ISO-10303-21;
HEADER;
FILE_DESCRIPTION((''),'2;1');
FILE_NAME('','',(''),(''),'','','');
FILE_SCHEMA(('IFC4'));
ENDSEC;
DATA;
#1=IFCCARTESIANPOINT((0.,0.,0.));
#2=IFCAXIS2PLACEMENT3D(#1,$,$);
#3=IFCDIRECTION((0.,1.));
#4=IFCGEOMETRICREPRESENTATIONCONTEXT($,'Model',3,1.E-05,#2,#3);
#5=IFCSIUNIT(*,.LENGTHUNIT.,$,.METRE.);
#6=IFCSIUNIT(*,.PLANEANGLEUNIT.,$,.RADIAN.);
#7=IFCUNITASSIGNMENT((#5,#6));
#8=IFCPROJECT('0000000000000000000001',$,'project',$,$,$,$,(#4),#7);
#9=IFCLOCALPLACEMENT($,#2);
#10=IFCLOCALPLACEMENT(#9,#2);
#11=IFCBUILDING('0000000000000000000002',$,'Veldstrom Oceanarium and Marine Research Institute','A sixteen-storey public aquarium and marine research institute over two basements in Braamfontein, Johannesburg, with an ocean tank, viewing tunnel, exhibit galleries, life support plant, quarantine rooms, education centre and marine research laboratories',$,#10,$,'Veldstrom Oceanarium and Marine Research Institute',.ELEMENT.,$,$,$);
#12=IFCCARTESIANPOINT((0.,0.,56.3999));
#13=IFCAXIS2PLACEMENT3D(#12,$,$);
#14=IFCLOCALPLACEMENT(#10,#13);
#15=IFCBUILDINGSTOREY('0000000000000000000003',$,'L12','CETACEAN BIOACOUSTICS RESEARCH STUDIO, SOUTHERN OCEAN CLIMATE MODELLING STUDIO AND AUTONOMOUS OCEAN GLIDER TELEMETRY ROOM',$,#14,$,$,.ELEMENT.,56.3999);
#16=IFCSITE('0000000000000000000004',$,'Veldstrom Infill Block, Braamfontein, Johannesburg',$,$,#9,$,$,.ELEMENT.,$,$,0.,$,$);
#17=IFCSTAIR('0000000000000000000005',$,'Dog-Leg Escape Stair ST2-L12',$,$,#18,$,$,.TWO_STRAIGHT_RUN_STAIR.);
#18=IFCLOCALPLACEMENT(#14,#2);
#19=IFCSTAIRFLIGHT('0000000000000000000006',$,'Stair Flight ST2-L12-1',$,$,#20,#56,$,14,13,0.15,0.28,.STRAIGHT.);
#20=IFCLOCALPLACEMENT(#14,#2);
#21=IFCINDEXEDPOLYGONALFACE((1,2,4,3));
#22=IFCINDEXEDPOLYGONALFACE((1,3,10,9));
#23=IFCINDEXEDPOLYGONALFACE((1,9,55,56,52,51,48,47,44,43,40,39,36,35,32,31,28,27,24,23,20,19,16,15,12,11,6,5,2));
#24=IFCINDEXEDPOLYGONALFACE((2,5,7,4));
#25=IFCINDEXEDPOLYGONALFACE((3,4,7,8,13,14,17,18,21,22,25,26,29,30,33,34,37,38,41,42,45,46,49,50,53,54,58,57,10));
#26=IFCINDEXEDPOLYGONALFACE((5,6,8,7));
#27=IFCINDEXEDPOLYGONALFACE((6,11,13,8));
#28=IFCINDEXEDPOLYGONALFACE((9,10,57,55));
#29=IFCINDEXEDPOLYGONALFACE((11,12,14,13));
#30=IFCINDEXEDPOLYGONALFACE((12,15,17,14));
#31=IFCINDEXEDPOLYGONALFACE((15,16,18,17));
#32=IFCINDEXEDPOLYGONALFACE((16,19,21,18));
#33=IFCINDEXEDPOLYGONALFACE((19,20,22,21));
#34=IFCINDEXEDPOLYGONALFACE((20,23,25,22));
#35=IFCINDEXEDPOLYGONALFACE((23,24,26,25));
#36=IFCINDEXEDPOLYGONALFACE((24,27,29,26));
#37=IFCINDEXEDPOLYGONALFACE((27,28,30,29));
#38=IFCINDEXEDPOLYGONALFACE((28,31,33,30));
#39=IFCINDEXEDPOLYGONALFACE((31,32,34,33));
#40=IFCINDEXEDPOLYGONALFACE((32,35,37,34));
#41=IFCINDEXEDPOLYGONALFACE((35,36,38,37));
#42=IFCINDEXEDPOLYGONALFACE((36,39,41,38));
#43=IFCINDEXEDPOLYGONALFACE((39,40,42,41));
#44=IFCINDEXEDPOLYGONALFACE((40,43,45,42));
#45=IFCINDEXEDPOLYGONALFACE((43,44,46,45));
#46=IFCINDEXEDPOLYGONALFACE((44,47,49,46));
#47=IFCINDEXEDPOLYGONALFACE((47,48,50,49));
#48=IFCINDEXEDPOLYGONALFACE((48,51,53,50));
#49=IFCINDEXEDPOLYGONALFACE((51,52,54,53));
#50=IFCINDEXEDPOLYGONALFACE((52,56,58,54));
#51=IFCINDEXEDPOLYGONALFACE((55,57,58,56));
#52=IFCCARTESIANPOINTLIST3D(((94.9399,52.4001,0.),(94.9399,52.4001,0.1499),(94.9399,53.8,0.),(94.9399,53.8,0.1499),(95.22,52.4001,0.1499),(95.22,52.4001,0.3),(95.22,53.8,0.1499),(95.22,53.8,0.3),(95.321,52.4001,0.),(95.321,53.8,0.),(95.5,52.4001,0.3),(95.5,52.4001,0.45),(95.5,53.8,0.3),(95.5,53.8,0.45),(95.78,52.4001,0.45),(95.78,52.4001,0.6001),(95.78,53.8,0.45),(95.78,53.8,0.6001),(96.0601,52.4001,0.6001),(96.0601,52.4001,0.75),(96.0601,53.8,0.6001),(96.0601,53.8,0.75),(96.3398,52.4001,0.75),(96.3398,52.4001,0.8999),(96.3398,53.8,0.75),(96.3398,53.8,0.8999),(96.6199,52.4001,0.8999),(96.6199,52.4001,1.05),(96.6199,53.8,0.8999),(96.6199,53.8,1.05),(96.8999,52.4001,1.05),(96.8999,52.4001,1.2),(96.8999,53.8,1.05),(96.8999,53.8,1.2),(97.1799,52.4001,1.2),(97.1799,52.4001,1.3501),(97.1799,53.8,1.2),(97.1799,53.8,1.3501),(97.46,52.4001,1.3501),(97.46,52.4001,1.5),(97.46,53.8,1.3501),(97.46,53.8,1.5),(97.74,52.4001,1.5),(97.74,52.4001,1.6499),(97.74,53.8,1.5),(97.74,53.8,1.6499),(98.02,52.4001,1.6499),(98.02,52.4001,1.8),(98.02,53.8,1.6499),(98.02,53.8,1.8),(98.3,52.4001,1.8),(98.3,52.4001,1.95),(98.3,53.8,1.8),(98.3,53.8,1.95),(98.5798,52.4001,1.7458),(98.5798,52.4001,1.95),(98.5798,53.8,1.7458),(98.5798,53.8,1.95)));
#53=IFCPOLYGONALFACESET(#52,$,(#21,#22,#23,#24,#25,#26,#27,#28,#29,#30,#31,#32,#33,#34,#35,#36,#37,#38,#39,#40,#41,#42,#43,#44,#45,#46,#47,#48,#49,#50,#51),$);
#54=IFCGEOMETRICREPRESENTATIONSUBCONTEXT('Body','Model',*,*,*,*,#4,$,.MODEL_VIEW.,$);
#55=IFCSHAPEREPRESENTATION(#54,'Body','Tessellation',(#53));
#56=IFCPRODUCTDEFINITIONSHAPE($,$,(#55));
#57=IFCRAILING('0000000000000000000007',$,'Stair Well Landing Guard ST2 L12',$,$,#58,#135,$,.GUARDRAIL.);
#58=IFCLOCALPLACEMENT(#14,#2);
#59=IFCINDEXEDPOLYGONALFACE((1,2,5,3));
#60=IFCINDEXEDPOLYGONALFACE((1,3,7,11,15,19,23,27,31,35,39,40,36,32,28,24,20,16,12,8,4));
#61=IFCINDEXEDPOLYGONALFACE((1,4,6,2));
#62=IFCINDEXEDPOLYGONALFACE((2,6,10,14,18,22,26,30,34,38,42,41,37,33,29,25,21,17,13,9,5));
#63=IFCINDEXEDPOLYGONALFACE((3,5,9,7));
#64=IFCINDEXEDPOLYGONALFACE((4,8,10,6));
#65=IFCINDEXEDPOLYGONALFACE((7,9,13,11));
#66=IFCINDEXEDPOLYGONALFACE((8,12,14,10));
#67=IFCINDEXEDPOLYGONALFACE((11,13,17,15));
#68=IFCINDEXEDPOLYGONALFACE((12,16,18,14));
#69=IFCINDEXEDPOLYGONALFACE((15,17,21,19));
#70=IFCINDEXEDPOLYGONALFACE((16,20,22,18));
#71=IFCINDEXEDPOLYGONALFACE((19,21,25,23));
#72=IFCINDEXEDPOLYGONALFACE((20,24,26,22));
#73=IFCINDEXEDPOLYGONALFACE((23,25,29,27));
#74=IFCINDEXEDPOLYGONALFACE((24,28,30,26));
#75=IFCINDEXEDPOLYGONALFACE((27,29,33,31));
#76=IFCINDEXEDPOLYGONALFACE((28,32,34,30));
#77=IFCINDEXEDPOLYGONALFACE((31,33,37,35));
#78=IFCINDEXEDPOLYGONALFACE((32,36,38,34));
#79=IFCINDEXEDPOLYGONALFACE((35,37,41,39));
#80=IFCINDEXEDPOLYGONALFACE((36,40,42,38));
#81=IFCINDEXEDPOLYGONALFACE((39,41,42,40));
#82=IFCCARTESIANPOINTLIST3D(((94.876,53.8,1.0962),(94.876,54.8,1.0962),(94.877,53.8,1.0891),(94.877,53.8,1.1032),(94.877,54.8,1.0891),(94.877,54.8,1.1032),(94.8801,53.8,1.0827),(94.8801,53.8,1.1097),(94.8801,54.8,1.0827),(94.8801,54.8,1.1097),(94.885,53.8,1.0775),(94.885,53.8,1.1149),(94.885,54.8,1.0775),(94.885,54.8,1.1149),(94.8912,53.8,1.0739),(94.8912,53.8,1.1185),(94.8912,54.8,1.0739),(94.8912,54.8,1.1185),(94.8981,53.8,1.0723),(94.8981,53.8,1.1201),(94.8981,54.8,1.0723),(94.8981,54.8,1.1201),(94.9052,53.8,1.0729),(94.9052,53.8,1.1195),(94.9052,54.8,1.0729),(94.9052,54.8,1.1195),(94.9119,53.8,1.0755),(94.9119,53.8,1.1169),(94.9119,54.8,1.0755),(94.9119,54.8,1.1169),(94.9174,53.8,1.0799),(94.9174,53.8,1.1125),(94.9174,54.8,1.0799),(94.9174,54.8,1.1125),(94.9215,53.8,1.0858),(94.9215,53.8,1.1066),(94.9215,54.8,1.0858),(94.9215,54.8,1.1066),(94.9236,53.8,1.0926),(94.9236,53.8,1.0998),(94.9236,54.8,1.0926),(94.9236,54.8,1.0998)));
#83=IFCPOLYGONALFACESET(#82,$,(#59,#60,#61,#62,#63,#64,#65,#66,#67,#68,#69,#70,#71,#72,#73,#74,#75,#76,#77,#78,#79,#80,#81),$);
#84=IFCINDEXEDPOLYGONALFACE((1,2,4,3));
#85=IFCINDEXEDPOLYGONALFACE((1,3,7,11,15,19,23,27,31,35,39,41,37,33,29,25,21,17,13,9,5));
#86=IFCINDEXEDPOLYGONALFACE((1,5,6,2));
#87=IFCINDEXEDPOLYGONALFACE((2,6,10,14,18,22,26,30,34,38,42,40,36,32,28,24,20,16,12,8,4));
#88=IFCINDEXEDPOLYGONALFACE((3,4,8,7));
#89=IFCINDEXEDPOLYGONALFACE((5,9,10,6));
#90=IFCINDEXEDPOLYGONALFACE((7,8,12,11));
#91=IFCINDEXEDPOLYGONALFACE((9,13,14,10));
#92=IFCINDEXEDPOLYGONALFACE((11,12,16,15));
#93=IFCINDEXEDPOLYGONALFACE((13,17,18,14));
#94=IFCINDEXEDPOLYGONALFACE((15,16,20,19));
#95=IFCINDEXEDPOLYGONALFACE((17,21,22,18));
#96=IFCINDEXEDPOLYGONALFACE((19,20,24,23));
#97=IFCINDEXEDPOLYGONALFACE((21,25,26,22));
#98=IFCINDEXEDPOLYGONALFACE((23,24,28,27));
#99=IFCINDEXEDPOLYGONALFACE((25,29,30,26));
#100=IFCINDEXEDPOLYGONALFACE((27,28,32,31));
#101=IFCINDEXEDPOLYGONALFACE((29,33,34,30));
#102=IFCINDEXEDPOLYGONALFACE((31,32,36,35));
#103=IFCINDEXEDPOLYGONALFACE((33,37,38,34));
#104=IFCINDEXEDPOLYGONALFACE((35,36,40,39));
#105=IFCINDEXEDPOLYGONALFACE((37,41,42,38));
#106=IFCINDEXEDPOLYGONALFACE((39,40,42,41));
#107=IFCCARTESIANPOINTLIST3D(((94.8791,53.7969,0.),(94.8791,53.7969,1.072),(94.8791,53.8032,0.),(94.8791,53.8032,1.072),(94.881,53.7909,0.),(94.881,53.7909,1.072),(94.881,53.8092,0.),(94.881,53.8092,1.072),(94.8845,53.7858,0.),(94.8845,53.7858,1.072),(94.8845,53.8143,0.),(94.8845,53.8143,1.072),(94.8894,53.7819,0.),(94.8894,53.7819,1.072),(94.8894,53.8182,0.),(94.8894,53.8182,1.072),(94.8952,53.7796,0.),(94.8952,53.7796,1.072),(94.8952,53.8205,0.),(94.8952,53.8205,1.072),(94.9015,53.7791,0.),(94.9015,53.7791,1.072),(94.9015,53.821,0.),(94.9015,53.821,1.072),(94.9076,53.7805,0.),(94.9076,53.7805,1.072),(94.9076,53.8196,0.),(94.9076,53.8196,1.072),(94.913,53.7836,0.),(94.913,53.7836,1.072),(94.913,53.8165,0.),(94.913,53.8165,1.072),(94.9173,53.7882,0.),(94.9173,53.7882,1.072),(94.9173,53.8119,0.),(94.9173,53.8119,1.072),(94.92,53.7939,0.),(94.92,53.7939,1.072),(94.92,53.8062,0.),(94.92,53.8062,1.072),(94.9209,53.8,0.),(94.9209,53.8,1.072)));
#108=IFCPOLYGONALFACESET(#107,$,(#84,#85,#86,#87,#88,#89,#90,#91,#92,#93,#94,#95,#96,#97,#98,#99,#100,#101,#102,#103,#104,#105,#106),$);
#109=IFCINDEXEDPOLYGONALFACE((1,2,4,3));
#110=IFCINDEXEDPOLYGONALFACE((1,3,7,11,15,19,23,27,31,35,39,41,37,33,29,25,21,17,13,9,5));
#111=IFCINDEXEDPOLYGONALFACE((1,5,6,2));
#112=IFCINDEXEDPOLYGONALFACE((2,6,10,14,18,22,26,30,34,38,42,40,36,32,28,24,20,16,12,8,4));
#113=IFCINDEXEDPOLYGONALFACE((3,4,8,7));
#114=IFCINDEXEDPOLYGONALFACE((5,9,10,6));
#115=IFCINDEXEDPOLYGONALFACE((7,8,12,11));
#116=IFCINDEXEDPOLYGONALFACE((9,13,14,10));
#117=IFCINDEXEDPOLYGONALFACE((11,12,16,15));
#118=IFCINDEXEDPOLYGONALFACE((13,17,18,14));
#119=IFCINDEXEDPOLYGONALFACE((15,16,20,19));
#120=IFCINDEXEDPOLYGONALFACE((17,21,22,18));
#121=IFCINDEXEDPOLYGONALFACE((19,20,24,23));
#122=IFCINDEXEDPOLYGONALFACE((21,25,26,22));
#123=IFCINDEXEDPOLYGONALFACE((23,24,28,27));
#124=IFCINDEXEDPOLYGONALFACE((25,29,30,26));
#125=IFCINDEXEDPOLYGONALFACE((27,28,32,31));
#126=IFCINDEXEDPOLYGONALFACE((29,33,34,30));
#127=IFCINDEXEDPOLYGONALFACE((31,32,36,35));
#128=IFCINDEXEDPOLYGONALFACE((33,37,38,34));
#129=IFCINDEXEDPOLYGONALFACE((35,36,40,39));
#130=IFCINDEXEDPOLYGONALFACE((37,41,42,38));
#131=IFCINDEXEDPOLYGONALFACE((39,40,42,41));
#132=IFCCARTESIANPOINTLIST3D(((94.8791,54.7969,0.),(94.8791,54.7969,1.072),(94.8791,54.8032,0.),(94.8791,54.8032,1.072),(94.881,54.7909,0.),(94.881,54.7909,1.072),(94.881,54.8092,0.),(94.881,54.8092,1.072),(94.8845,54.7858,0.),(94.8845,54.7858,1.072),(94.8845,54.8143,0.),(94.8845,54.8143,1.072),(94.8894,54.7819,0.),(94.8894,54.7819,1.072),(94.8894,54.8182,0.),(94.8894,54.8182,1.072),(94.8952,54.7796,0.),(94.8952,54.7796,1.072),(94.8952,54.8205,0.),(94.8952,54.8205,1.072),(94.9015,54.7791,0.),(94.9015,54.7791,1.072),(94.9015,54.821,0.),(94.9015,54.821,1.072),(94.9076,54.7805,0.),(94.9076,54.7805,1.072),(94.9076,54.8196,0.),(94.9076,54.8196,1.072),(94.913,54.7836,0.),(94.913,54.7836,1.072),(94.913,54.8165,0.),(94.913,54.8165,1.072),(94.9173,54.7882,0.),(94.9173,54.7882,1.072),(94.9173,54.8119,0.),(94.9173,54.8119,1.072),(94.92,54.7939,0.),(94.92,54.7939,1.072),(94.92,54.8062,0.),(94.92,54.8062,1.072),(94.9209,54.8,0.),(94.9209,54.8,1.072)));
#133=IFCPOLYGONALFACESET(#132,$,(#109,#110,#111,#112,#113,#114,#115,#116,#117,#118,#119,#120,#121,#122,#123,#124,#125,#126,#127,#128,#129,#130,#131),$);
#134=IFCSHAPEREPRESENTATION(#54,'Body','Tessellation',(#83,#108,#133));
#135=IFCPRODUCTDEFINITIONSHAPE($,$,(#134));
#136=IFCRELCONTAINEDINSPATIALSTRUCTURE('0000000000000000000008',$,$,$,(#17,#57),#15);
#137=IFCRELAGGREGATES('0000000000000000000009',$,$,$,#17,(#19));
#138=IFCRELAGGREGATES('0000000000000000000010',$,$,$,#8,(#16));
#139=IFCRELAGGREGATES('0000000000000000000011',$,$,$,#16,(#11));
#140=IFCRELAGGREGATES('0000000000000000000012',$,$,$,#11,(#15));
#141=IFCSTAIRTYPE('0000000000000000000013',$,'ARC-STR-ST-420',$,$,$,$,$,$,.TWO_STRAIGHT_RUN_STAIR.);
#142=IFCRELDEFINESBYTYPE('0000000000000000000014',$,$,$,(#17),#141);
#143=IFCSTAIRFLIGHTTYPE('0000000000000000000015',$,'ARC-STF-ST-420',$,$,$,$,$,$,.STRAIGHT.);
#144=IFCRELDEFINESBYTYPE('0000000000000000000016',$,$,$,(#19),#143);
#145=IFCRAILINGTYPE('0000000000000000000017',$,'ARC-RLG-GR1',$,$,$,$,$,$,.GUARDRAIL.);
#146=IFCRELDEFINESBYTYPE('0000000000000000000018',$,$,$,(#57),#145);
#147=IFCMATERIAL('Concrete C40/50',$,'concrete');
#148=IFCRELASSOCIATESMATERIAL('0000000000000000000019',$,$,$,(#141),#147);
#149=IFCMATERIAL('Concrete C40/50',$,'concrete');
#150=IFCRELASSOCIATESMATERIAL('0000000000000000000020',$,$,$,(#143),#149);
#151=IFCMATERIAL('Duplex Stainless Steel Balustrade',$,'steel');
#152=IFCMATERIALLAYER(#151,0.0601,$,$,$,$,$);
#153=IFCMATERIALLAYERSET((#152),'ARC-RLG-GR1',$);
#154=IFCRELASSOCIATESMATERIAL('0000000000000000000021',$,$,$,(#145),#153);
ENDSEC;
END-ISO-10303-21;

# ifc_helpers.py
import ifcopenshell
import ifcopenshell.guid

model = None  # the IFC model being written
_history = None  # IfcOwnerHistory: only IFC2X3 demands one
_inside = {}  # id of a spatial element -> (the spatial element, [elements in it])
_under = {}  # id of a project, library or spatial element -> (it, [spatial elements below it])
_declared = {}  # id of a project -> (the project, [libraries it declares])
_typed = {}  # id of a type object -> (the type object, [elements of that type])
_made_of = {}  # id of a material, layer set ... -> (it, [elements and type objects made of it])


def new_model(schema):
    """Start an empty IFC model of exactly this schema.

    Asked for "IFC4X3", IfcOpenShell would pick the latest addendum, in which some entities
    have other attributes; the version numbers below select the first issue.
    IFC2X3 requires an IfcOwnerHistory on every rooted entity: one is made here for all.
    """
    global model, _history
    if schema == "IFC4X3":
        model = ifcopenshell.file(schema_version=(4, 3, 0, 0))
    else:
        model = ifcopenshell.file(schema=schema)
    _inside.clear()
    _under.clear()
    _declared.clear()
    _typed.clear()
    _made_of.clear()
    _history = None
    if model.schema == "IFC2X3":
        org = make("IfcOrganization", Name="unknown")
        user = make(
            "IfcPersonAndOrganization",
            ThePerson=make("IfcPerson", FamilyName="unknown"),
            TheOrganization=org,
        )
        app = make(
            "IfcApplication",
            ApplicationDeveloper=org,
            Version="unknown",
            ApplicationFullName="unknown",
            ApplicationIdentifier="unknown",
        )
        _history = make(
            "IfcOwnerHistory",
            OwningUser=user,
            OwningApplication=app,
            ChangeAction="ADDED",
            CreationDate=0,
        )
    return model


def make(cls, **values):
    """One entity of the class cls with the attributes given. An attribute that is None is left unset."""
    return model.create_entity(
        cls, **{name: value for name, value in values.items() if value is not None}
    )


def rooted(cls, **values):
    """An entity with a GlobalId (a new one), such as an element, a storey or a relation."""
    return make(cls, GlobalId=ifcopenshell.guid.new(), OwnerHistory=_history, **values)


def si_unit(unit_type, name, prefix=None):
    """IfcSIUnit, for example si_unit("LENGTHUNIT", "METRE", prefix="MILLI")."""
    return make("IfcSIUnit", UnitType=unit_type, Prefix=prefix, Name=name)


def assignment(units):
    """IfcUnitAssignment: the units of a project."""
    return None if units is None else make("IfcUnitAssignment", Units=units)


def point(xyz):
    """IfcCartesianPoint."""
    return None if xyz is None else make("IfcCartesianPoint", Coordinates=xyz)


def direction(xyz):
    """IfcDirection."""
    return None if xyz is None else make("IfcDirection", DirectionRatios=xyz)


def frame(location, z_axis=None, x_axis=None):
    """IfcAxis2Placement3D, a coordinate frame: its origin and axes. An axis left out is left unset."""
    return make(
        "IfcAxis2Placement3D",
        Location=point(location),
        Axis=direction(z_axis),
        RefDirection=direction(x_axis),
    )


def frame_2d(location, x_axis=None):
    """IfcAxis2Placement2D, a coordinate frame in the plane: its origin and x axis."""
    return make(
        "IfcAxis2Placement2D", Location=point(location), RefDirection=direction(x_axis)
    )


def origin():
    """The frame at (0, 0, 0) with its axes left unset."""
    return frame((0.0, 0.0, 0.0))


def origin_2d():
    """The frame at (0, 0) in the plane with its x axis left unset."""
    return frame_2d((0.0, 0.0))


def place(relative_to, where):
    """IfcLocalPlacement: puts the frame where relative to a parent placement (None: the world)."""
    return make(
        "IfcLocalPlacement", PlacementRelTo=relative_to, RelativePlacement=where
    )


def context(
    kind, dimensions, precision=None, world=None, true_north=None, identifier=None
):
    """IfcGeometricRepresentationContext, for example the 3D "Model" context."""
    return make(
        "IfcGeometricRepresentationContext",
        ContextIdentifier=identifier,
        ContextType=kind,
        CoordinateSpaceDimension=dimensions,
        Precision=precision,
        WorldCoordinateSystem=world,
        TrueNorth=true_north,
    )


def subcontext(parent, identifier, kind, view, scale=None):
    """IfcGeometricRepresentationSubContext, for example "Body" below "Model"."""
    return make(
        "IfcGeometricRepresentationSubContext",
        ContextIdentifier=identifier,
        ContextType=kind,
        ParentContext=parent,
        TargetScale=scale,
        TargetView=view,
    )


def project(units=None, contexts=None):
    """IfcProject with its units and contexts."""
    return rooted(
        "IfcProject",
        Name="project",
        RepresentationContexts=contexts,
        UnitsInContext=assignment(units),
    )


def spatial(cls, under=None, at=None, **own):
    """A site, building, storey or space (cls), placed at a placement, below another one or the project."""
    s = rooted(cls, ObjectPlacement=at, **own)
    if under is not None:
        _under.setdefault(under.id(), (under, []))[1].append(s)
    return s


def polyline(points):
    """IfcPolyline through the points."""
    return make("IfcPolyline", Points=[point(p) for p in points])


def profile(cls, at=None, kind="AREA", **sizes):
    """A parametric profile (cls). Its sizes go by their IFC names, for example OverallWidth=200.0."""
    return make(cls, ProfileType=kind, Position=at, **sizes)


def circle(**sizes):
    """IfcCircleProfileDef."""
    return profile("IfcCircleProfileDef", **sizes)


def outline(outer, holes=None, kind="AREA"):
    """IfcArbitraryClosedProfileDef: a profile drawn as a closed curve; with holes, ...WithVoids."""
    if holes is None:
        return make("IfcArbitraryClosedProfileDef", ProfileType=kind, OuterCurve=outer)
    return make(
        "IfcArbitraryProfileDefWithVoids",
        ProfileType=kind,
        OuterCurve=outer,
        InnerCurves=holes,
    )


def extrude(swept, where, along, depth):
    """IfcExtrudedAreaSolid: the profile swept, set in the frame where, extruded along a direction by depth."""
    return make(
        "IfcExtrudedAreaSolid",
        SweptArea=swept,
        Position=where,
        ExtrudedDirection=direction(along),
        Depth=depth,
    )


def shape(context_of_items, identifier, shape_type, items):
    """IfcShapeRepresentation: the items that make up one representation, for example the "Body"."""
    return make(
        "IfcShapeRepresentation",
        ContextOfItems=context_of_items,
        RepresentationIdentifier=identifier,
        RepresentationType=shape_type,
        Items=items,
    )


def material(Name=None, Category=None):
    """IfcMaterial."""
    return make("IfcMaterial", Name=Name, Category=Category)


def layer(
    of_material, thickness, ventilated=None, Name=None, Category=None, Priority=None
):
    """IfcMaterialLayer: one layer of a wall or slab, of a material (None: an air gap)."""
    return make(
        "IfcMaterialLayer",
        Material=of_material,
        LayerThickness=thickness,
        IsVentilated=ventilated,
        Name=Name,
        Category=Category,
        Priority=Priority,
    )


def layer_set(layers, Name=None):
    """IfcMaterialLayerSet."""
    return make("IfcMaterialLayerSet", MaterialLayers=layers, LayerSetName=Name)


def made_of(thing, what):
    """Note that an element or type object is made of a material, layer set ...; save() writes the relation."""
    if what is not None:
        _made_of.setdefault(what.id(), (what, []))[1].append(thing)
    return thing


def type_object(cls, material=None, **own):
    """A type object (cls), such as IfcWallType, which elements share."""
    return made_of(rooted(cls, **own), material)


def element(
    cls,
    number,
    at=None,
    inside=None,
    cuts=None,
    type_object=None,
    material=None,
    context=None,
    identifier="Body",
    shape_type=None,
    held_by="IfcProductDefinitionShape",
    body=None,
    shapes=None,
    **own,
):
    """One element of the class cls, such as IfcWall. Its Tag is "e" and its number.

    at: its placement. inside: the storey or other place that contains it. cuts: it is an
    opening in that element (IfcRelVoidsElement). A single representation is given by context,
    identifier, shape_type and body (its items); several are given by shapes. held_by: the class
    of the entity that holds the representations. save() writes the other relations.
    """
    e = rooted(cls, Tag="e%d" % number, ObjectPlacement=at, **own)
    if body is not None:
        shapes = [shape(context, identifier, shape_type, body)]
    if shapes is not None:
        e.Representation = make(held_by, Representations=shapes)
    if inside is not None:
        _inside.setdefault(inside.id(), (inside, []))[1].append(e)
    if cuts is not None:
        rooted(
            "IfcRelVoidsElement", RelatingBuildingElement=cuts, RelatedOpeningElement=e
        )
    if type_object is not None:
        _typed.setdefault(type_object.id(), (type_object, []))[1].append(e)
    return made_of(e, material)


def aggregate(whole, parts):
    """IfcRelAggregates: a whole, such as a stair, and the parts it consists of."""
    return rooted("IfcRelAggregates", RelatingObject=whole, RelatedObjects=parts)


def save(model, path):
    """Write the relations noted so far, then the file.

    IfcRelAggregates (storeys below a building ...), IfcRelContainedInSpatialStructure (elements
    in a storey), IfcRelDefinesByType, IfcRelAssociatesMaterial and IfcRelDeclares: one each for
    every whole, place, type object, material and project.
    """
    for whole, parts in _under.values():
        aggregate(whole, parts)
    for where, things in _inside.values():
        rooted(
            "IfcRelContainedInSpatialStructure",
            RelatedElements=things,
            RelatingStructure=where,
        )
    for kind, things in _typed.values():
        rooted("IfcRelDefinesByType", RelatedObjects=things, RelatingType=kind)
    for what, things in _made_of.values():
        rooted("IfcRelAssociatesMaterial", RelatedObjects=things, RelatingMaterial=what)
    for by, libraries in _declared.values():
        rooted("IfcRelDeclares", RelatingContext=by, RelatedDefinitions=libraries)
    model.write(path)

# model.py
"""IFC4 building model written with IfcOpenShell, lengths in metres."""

from ifc_helpers import new_model, si_unit, direction, frame, origin, origin_2d, place, context, subcontext, project, spatial, polyline, circle, outline, extrude, material, layer, layer_set, type_object, element, aggregate, save


model = new_model("IFC4")

# Units and contexts
model_context = context("Model", 3, precision=1e-05, world=origin(), true_north=direction((0.0, 1.0)))
body_context = subcontext(model_context, "Body", "Model", "MODEL_VIEW")
ifc_project = project(units=[si_unit("LENGTHUNIT", "METRE"), si_unit("PLANEANGLEUNIT", "RADIAN")], contexts=[model_context])

# Site, building, storey
site_placement = place(None, origin())
site = spatial("IfcSite", under=ifc_project, at=site_placement, Name="Veldstrom Infill Block, Braamfontein, Johannesburg", CompositionType="ELEMENT", RefElevation=0.0)
building_placement = place(site_placement, origin())
building = spatial("IfcBuilding", under=site, at=building_placement, Name="Veldstrom Oceanarium and Marine Research Institute", Description="A sixteen-storey public aquarium and marine research institute over two basements in Braamfontein, Johannesburg, with an ocean tank, viewing tunnel, exhibit galleries, life support plant, quarantine rooms, education centre and marine research laboratories", LongName="Veldstrom Oceanarium and Marine Research Institute", CompositionType="ELEMENT")
storey_placement = place(building_placement, frame((0.0, 0.0, 56.3999)))
storey = spatial("IfcBuildingStorey", under=building, at=storey_placement, Name="L12", Description="CETACEAN BIOACOUSTICS RESEARCH STUDIO, SOUTHERN OCEAN CLIMATE MODELLING STUDIO AND AUTONOMOUS OCEAN GLIDER TELEMETRY ROOM", CompositionType="ELEMENT", Elevation=56.3999)

# Stair, stair flight
ifc_material_1 = material(Name="Concrete C40/50", Category="concrete")
stair_type = type_object("IfcStairType", Name="ARC-STR-ST-420", PredefinedType="TWO_STRAIGHT_RUN_STAIR", material=ifc_material_1)
stair_placement = place(storey_placement, origin())
stair = element("IfcStair", 1, at=stair_placement, inside=storey, type_object=stair_type, Name="Dog-Leg Escape Stair ST2-L12", PredefinedType="TWO_STRAIGHT_RUN_STAIR")
ifc_material_2 = material(Name="Concrete C40/50", Category="concrete")
stair_flight_type = type_object("IfcStairFlightType", Name="ARC-STF-ST-420", PredefinedType="STRAIGHT", material=ifc_material_2)
stair_flight_placement = place(storey_placement, frame((94.9399, 53.1001, 0.0), z_axis=(0.0, 0.0, 1.0), x_axis=(1.0, 0.0, 0.0)))
stair_flight = element("IfcStairFlight", 2, at=stair_flight_placement, type_object=stair_flight_type, Name="Stair Flight ST2-L12-1", NumberOfRisers=14, NumberOfTreads=13, PredefinedType="STRAIGHT", RiserHeight=0.15, TreadLength=0.28, context=body_context, shape_type="SweptSolid", body=[
    extrude(outline(polyline([(0.0, 0.0), (0.0, 0.1499), (0.28, 0.1499), (0.28, 0.3), (0.5601, 0.3), (0.5601, 0.45), (0.8401, 0.45), (0.8401, 0.6001), (1.1201, 0.6001), (1.1201, 0.75), (1.3999, 0.75), (1.3999, 0.8999), (1.6799, 0.8999), (1.6799, 1.05), (1.96, 1.05), (1.96, 1.2), (2.24, 1.2), (2.24, 1.3501), (2.52, 1.3501), (2.52, 1.5), (2.8, 1.5), (2.8, 1.6499), (3.0801, 1.6499), (3.0801, 1.8), (3.3601, 1.8), (3.3601, 1.95), (3.6399, 1.95), (3.6399, 2.1001), (3.6399, 1.7458), (0.3811, 0.0), (0.0, 0.0)])), frame((0.0, 0.7, 0.0), z_axis=(0.0, -1.0, 0.0), x_axis=(1.0, 0.0, 0.0)), (0.0, 0.0, 1.0), 1.3999),
])
aggregate(stair, [stair_flight])

# Railing
ifc_material_3 = material(Name="Duplex Stainless Steel Balustrade", Category="steel")
ifc_layer_1 = layer(ifc_material_3, 0.0601)
ifc_layer_set_1 = layer_set([ifc_layer_1], Name="ARC-RLG-GR1")
railing_type_1 = type_object("IfcRailingType", Name="ARC-RLG-GR1", PredefinedType="GUARDRAIL", material=ifc_layer_set_1)
railing_1_placement = place(storey_placement, frame((94.8999, 53.8, 0.0)))
element("IfcRailing", 3, at=railing_1_placement, inside=storey, type_object=railing_type_1, Name="Stair Well Landing Guard ST2 L12", PredefinedType="GUARDRAIL", context=body_context, shape_type="SweptSolid", body=[
    extrude(circle(Radius=0.0239, at=origin_2d()), frame((0.0, 0.0, 1.0962), z_axis=(0.0, 1.0, 0.0), x_axis=(-1.0, 0.0, 0.0)), (0.0, 0.0, 1.0), 1.0),
    extrude(circle(Radius=0.021, at=origin_2d()), origin(), (0.0, 0.0, 1.0), 1.072),
    extrude(circle(Radius=0.021, at=origin_2d()), frame((0.0, 1.0, 0.0)), (0.0, 0.0, 1.0), 1.072),
])

save(model, "model.ifc")
